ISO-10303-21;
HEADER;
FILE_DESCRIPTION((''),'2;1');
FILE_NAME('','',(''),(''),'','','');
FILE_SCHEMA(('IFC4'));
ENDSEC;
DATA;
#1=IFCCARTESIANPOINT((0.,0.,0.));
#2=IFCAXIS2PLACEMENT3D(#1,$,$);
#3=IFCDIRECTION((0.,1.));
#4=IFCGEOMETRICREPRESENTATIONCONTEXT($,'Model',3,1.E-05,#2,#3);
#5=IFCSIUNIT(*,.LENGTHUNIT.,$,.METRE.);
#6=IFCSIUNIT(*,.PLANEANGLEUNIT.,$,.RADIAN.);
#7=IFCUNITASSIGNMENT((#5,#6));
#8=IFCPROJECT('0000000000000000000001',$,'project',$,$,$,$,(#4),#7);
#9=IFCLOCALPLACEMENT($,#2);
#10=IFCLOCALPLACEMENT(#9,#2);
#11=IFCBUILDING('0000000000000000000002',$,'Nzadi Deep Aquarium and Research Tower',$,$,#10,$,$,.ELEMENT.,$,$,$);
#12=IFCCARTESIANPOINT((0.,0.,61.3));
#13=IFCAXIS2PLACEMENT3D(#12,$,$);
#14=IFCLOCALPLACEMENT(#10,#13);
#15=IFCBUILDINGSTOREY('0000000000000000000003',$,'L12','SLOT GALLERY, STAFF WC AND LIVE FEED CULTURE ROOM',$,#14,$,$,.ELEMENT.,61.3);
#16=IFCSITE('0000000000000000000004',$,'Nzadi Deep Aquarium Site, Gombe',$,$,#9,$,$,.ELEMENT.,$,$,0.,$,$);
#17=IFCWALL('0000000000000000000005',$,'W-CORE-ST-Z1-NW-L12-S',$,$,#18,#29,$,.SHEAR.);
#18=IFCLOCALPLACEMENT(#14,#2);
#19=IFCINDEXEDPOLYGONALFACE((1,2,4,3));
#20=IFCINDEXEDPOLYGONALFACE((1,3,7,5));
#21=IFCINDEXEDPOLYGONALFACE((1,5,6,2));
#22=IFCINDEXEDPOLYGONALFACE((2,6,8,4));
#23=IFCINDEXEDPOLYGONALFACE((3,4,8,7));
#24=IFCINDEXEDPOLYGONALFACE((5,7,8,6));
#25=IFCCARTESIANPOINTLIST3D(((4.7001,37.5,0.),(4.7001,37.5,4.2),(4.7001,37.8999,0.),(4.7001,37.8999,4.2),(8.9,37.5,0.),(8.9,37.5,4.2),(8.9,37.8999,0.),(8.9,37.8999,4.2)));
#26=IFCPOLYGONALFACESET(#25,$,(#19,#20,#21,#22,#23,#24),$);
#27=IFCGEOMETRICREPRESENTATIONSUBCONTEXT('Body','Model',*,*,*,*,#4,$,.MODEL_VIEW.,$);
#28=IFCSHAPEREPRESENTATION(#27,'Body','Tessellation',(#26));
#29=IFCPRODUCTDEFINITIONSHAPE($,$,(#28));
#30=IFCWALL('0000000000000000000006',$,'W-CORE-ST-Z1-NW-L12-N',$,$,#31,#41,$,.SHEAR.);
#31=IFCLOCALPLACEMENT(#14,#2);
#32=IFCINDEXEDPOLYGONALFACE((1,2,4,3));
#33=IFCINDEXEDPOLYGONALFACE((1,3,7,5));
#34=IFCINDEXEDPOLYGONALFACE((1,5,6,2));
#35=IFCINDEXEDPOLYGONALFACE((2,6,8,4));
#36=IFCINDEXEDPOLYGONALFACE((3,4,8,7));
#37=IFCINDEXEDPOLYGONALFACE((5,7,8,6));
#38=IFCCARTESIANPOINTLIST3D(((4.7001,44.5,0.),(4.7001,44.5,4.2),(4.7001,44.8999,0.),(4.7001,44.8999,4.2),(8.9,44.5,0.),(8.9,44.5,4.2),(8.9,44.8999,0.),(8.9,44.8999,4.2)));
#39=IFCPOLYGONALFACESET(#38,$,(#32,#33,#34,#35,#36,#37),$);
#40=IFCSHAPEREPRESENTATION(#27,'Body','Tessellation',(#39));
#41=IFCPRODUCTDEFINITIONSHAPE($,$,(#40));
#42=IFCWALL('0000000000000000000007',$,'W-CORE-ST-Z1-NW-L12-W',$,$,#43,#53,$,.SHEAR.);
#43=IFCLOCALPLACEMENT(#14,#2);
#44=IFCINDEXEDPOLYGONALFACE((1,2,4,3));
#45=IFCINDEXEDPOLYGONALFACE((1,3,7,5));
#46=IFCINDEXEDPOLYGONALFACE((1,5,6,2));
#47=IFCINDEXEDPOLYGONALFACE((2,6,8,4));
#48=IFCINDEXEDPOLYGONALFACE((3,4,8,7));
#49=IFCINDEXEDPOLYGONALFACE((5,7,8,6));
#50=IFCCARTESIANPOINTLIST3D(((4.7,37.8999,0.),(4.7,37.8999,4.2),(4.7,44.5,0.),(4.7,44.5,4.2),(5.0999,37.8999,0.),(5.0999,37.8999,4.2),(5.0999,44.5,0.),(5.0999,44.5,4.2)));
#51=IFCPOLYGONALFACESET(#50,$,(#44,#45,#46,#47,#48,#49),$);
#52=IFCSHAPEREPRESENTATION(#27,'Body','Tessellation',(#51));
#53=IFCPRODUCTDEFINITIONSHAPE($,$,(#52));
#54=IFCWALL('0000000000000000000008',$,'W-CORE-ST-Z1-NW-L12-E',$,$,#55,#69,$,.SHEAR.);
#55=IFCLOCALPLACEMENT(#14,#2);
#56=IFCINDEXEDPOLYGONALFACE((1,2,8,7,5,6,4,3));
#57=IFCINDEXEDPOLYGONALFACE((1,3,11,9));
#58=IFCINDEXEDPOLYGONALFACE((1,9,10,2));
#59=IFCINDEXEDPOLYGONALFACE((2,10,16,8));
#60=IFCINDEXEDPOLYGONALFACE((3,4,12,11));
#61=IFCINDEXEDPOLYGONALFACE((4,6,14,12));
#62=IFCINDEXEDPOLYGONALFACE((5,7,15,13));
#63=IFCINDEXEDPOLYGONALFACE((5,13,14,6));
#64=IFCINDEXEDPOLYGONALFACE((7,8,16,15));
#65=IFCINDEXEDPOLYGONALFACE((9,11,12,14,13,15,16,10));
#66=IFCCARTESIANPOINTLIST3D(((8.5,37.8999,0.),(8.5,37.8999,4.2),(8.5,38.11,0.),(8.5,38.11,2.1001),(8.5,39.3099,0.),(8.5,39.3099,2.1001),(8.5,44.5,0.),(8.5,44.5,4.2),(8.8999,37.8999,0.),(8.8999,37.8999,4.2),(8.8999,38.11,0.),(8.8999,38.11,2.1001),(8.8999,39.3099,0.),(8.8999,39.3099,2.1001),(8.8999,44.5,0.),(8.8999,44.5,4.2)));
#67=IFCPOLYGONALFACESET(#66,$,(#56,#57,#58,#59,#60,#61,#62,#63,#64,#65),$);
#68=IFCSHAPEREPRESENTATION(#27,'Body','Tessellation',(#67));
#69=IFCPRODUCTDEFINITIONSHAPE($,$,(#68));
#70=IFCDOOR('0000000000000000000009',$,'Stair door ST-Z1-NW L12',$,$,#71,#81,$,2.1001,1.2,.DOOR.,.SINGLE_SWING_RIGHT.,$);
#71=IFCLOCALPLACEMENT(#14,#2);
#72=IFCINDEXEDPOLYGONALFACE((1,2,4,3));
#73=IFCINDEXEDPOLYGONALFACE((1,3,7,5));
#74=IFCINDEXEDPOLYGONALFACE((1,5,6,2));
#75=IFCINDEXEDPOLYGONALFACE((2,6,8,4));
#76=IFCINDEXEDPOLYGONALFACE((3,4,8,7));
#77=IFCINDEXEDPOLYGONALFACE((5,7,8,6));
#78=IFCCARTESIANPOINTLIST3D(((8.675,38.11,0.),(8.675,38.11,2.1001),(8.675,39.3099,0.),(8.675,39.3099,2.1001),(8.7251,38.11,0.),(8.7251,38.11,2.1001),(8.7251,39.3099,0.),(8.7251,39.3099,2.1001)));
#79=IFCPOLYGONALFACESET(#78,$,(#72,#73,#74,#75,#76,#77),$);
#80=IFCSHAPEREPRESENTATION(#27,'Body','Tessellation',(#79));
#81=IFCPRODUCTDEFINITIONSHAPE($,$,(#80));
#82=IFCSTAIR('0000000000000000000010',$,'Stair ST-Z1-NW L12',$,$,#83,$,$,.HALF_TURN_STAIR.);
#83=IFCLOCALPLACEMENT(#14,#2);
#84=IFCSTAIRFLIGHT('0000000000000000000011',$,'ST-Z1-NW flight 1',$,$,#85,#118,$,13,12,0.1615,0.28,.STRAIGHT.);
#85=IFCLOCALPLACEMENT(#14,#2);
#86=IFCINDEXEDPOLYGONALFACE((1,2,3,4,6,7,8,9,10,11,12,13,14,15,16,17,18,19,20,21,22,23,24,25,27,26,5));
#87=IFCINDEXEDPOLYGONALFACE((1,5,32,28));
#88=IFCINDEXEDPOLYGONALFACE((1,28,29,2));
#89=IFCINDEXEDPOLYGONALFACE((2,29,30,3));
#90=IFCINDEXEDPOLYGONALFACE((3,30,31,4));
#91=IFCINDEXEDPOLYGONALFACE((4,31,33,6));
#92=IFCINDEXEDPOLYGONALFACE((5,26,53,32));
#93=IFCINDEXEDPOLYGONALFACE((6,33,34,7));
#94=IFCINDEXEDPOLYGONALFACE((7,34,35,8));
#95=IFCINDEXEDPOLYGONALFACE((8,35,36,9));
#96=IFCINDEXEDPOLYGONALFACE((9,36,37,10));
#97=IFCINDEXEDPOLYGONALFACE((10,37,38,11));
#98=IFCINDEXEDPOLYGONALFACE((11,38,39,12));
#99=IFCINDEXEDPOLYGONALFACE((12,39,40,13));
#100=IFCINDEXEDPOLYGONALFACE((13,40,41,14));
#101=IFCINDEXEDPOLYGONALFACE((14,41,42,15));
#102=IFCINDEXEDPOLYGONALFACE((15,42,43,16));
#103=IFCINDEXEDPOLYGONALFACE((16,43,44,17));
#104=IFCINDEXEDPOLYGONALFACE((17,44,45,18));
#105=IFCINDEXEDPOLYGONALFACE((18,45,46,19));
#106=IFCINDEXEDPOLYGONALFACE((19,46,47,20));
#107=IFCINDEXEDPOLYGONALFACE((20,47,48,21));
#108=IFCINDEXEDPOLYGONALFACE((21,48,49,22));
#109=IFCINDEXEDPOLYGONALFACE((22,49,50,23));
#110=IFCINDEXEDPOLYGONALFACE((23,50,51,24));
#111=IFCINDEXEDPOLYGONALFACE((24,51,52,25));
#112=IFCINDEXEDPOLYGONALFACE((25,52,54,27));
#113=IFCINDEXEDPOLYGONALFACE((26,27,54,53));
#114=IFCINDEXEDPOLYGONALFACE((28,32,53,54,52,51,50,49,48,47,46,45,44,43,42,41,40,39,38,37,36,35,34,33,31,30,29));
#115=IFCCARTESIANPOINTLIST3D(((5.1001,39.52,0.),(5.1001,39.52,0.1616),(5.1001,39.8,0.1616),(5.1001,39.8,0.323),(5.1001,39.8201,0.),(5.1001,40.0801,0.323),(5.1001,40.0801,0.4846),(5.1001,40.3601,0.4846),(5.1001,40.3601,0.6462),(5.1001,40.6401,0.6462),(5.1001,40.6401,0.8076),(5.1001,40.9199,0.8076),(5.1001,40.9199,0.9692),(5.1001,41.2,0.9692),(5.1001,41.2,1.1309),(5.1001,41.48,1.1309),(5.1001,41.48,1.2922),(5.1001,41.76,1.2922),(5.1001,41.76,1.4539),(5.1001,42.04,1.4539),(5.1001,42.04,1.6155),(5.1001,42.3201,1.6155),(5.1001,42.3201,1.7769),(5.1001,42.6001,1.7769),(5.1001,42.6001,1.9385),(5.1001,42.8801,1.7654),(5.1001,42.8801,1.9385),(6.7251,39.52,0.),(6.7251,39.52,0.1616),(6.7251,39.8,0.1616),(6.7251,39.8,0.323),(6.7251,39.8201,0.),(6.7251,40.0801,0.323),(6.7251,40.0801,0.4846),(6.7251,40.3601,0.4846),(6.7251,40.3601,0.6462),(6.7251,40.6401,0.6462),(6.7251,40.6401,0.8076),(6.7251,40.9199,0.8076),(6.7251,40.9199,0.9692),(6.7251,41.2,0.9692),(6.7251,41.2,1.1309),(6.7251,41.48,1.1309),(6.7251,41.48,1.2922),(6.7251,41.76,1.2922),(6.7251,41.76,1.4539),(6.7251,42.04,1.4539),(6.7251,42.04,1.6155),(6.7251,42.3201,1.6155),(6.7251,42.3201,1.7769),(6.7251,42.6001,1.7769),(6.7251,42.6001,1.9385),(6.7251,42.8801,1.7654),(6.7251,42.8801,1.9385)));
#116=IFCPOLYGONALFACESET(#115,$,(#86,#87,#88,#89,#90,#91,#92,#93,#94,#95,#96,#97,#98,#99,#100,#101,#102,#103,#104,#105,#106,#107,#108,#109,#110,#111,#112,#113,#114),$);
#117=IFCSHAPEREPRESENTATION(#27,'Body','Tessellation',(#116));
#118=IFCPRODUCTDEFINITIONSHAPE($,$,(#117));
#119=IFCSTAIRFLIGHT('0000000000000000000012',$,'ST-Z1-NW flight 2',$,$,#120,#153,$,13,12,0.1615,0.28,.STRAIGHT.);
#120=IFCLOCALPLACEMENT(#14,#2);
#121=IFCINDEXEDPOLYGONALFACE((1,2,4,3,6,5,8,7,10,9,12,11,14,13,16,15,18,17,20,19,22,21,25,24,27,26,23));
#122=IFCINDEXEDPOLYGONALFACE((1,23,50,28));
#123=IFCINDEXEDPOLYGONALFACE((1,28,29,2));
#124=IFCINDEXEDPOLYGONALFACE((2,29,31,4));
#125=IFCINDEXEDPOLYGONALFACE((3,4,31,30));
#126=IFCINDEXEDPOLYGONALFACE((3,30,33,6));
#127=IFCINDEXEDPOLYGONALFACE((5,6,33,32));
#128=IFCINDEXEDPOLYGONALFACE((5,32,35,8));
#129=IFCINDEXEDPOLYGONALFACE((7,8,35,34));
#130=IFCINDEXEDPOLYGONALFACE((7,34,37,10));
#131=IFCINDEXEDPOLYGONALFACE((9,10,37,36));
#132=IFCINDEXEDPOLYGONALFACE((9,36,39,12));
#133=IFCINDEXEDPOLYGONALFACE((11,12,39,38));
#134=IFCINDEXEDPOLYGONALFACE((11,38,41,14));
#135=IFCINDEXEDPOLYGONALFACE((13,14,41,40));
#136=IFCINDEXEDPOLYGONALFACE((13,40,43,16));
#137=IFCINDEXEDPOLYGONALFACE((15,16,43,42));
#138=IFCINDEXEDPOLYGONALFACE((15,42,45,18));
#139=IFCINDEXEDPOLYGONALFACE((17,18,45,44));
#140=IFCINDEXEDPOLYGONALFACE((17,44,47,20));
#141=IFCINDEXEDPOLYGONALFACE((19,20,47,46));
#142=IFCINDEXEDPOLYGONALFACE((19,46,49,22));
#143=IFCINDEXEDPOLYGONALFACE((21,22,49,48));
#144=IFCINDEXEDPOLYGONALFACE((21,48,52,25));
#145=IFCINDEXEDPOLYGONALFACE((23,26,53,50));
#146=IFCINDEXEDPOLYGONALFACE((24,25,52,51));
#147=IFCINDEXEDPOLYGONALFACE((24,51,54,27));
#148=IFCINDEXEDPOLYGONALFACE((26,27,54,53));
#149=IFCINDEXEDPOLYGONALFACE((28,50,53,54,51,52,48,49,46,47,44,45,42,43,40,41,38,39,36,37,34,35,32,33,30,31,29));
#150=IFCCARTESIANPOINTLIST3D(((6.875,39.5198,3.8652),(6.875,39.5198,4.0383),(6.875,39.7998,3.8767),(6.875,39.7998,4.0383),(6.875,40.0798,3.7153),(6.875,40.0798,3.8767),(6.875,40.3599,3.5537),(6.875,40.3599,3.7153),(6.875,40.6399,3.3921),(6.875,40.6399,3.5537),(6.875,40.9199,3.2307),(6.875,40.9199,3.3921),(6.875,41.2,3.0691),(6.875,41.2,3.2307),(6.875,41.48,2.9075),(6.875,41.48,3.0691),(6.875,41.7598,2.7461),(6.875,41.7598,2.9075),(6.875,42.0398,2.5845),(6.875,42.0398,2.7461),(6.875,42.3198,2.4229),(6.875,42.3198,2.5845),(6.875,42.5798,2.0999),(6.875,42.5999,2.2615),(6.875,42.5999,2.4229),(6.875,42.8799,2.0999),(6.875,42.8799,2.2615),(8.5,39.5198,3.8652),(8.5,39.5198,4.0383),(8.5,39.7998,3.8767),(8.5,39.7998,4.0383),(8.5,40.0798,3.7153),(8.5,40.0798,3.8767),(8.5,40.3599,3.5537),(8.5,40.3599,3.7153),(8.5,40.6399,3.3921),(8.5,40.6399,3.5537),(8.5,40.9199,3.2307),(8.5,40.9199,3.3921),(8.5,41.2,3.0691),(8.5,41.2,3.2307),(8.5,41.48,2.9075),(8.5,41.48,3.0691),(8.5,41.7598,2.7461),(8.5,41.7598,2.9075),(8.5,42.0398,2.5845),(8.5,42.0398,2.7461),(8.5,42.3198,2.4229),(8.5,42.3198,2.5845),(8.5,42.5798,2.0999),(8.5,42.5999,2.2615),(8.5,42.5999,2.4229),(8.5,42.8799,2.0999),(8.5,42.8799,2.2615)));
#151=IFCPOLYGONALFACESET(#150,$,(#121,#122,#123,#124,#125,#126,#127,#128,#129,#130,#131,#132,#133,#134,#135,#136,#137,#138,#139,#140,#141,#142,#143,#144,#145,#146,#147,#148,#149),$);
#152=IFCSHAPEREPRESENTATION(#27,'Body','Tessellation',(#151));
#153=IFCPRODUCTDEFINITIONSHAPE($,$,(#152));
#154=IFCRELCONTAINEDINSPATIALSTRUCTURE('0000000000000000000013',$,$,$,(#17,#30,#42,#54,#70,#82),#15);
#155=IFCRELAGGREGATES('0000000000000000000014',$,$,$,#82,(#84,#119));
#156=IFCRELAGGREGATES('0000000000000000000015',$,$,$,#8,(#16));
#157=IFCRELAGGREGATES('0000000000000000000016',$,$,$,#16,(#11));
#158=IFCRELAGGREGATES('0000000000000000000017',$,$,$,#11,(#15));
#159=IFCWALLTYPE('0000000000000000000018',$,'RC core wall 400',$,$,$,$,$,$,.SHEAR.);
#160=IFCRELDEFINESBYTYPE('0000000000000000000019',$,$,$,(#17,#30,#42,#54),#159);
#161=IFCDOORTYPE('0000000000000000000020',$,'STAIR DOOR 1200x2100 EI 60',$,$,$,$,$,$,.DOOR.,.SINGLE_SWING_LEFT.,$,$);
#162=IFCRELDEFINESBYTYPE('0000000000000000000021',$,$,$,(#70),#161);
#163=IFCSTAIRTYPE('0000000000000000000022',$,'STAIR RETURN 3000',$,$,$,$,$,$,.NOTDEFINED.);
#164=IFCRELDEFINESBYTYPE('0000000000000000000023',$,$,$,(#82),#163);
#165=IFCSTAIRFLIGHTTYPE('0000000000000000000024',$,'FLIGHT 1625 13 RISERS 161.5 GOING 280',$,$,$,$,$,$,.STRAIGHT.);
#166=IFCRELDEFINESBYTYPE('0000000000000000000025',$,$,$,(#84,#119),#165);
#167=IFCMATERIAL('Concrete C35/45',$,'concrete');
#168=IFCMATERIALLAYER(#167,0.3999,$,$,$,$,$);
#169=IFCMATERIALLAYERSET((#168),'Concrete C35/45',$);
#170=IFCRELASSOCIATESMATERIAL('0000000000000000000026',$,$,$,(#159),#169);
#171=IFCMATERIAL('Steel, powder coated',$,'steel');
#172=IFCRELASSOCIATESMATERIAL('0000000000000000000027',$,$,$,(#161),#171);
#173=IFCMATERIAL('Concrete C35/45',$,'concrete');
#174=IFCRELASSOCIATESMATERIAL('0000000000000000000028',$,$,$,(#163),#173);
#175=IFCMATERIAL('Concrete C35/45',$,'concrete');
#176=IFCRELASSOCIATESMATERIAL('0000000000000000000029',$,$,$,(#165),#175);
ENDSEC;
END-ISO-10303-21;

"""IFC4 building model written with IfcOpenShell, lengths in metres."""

from ifc_helpers import new_model, si_unit, direction, frame, frame_2d, origin, place, context, subcontext, project, spatial, polyline, rectangle, outline, extrude, material, layer, layer_set, type_object, element, fill, aggregate, save


model = new_model("IFC4")

# Units and contexts
model_context = context("Model", 3, precision=1e-05, world=origin(), true_north=direction((0.0, 1.0)))
body_context = subcontext(model_context, "Body", "Model", "MODEL_VIEW")
ifc_project = project(units=[si_unit("LENGTHUNIT", "METRE"), si_unit("PLANEANGLEUNIT", "RADIAN")], contexts=[model_context])

# Site, building, storey
site_placement = place(None, origin())
site = spatial("IfcSite", under=ifc_project, at=site_placement, Name="Nzadi Deep Aquarium Site, Gombe", CompositionType="ELEMENT", RefElevation=0.0)
building_placement = place(site_placement, origin())
building = spatial("IfcBuilding", under=site, at=building_placement, Name="Nzadi Deep Aquarium and Research Tower", CompositionType="ELEMENT")
storey_placement = place(building_placement, frame((0.0, 0.0, 61.3)))
storey = spatial("IfcBuildingStorey", under=building, at=storey_placement, Name="L12", Description="SLOT GALLERY, STAFF WC AND LIVE FEED CULTURE ROOM", CompositionType="ELEMENT", Elevation=61.3)

# Walls
ifc_material_1 = material(Name="Concrete C35/45", Category="concrete")
ifc_layer_1 = layer(ifc_material_1, 0.3999)
ifc_layer_set_1 = layer_set([ifc_layer_1], Name="Concrete C35/45")
wall_type_1 = type_object("IfcWallType", Name="RC core wall 400", PredefinedType="SHEAR", material=ifc_layer_set_1)
for number, where, z_axis, x_axis, name in (
    (1, (4.7, 37.7, 0.0), (0.0, 0.0, 1.0), (1.0, 0.0, 0.0), "W-CORE-ST-Z1-NW-L12-S"),
    (2, (4.7, 44.7, 0.0), (0.0, 0.0, 1.0), (1.0, 0.0, 0.0), "W-CORE-ST-Z1-NW-L12-N"),
):
    element("IfcWall", number, at=place(storey_placement, frame(where, z_axis=z_axis, x_axis=x_axis)), inside=storey, type_object=wall_type_1, Name=name, PredefinedType="SHEAR", context=body_context, shape_type="SweptSolid", body=[
        extrude(rectangle(XDim=4.2, YDim=0.3999, at=frame_2d((2.1001, 0.0))), origin(), (0.0, 0.0, 1.0), 4.2),
    ])
wall_1_placement = place(storey_placement, frame((4.8999, 37.8999, 0.0), z_axis=(0.0, 0.0, 1.0), x_axis=(0.0, 1.0, 0.0)))
element("IfcWall", 3, at=wall_1_placement, inside=storey, type_object=wall_type_1, Name="W-CORE-ST-Z1-NW-L12-W", PredefinedType="SHEAR", context=body_context, shape_type="SweptSolid", body=[
    extrude(rectangle(XDim=6.6001, YDim=0.3999, at=frame_2d((3.3, 0.0))), origin(), (0.0, 0.0, 1.0), 4.2),
])

# Wall, opening, door
wall_2_placement = place(storey_placement, frame((8.7, 37.8999, 0.0), z_axis=(0.0, 0.0, 1.0), x_axis=(0.0, 1.0, 0.0)))
wall_2 = element("IfcWall", 4, at=wall_2_placement, inside=storey, type_object=wall_type_1, Name="W-CORE-ST-Z1-NW-L12-E", PredefinedType="SHEAR", context=body_context, shape_type="SweptSolid", body=[
    extrude(rectangle(XDim=6.6001, YDim=0.3999, at=frame_2d((3.3, 0.0))), origin(), (0.0, 0.0, 1.0), 4.2),
])
opening_1_placement = place(wall_2_placement, frame((0.21, 0.0, 0.0)))
opening_1 = element("IfcOpeningElement", 5, at=opening_1_placement, cuts=wall_2, PredefinedType="OPENING", context=body_context, shape_type="SweptSolid", body=[
    extrude(rectangle(XDim=1.2, YDim=2.1001, at=frame_2d((0.6001, 1.05))), frame((0.0, 0.21, 0.0), z_axis=(0.0, -1.0, 0.0), x_axis=(1.0, 0.0, 0.0)), (0.0, 0.0, 1.0), 0.4199),
])
ifc_material_2 = material(Name="Steel, powder coated", Category="steel")
door_type = type_object("IfcDoorType", Name="STAIR DOOR 1200x2100 EI 60", OperationType="SINGLE_SWING_LEFT", PredefinedType="DOOR", material=ifc_material_2)
door_placement = place(opening_1_placement, origin())
door = element("IfcDoor", 6, at=door_placement, inside=storey, type_object=door_type, Name="Stair door ST-Z1-NW L12", OperationType="SINGLE_SWING_RIGHT", OverallHeight=2.1001, OverallWidth=1.2, PredefinedType="DOOR", context=body_context, shape_type="SweptSolid", body=[
    extrude(rectangle(XDim=1.2, YDim=2.1001, at=frame_2d((0.6001, 1.05))), frame((0.0, 0.0249, 0.0), z_axis=(0.0, -1.0, 0.0), x_axis=(1.0, 0.0, 0.0)), (0.0, 0.0, 1.0), 0.05),
])
fill(opening_1, door)

# Stair, stair flights
ifc_material_3 = material(Name="Concrete C35/45", Category="concrete")
stair_type = type_object("IfcStairType", Name="STAIR RETURN 3000", PredefinedType="NOTDEFINED", material=ifc_material_3)
stair_placement = place(storey_placement, origin())
stair = element("IfcStair", 7, at=stair_placement, inside=storey, type_object=stair_type, Name="Stair ST-Z1-NW L12", PredefinedType="HALF_TURN_STAIR")
ifc_material_4 = material(Name="Concrete C35/45", Category="concrete")
stair_flight_type = type_object("IfcStairFlightType", Name="FLIGHT 1625 13 RISERS 161.5 GOING 280", PredefinedType="STRAIGHT", material=ifc_material_4)
stair_flight_1_placement = place(storey_placement, frame((5.9126, 39.52, 0.0), z_axis=(0.0, 0.0, 1.0), x_axis=(0.0, 1.0, 0.0)))
stair_flight_1 = element("IfcStairFlight", 8, at=stair_flight_1_placement, type_object=stair_flight_type, Name="ST-Z1-NW flight 1", NumberOfRisers=13, NumberOfTreads=12, PredefinedType="STRAIGHT", RiserHeight=0.1615, TreadLength=0.28, context=body_context, shape_type="SweptSolid", body=[
    extrude(outline(polyline([(0.0, 0.0), (0.0, 0.1616), (0.28, 0.1616), (0.28, 0.323), (0.5601, 0.323), (0.5601, 0.4846), (0.8401, 0.4846), (0.8401, 0.6462), (1.1201, 0.6462), (1.1201, 0.8076), (1.3999, 0.8076), (1.3999, 0.9692), (1.6799, 0.9692), (1.6799, 1.1309), (1.96, 1.1309), (1.96, 1.2922), (2.24, 1.2922), (2.24, 1.4539), (2.52, 1.4539), (2.52, 1.6155), (2.8, 1.6155), (2.8, 1.7769), (3.0801, 1.7769), (3.0801, 1.9385), (3.3601, 1.9385), (3.3601, 2.1001), (3.3601, 1.7654), (0.3, 0.0), (0.0, 0.0)])), frame((0.0, 0.8125, 0.0), z_axis=(0.0, -1.0, 0.0), x_axis=(1.0, 0.0, 0.0)), (0.0, 0.0, 1.0), 1.625),
])
stair_flight_2_placement = place(storey_placement, frame((7.6875, 42.8799, 2.0999), z_axis=(0.0, 0.0, 1.0), x_axis=(0.0, -1.0, 0.0)))
stair_flight_2 = element("IfcStairFlight", 9, at=stair_flight_2_placement, type_object=stair_flight_type, Name="ST-Z1-NW flight 2", NumberOfRisers=13, NumberOfTreads=12, PredefinedType="STRAIGHT", RiserHeight=0.1615, TreadLength=0.28, context=body_context, shape_type="SweptSolid", body=[
    extrude(outline(polyline([(0.0, 0.0), (0.0, 0.1616), (0.28, 0.1616), (0.28, 0.323), (0.5601, 0.323), (0.5601, 0.4846), (0.8401, 0.4846), (0.8401, 0.6462), (1.1201, 0.6462), (1.1201, 0.8076), (1.3999, 0.8076), (1.3999, 0.9692), (1.6799, 0.9692), (1.6799, 1.1309), (1.96, 1.1309), (1.96, 1.2922), (2.24, 1.2922), (2.24, 1.4539), (2.52, 1.4539), (2.52, 1.6155), (2.8, 1.6155), (2.8, 1.7769), (3.0801, 1.7769), (3.0801, 1.9385), (3.3601, 1.9385), (3.3601, 2.1001), (3.3601, 1.7654), (0.3, 0.0), (0.0, 0.0)])), frame((0.0, 0.8125, 0.0), z_axis=(0.0, -1.0, 0.0), x_axis=(1.0, 0.0, 0.0)), (0.0, 0.0, 1.0), 1.625),
])
aggregate(stair, [stair_flight_1, stair_flight_2])

save(model, "model.ifc")
